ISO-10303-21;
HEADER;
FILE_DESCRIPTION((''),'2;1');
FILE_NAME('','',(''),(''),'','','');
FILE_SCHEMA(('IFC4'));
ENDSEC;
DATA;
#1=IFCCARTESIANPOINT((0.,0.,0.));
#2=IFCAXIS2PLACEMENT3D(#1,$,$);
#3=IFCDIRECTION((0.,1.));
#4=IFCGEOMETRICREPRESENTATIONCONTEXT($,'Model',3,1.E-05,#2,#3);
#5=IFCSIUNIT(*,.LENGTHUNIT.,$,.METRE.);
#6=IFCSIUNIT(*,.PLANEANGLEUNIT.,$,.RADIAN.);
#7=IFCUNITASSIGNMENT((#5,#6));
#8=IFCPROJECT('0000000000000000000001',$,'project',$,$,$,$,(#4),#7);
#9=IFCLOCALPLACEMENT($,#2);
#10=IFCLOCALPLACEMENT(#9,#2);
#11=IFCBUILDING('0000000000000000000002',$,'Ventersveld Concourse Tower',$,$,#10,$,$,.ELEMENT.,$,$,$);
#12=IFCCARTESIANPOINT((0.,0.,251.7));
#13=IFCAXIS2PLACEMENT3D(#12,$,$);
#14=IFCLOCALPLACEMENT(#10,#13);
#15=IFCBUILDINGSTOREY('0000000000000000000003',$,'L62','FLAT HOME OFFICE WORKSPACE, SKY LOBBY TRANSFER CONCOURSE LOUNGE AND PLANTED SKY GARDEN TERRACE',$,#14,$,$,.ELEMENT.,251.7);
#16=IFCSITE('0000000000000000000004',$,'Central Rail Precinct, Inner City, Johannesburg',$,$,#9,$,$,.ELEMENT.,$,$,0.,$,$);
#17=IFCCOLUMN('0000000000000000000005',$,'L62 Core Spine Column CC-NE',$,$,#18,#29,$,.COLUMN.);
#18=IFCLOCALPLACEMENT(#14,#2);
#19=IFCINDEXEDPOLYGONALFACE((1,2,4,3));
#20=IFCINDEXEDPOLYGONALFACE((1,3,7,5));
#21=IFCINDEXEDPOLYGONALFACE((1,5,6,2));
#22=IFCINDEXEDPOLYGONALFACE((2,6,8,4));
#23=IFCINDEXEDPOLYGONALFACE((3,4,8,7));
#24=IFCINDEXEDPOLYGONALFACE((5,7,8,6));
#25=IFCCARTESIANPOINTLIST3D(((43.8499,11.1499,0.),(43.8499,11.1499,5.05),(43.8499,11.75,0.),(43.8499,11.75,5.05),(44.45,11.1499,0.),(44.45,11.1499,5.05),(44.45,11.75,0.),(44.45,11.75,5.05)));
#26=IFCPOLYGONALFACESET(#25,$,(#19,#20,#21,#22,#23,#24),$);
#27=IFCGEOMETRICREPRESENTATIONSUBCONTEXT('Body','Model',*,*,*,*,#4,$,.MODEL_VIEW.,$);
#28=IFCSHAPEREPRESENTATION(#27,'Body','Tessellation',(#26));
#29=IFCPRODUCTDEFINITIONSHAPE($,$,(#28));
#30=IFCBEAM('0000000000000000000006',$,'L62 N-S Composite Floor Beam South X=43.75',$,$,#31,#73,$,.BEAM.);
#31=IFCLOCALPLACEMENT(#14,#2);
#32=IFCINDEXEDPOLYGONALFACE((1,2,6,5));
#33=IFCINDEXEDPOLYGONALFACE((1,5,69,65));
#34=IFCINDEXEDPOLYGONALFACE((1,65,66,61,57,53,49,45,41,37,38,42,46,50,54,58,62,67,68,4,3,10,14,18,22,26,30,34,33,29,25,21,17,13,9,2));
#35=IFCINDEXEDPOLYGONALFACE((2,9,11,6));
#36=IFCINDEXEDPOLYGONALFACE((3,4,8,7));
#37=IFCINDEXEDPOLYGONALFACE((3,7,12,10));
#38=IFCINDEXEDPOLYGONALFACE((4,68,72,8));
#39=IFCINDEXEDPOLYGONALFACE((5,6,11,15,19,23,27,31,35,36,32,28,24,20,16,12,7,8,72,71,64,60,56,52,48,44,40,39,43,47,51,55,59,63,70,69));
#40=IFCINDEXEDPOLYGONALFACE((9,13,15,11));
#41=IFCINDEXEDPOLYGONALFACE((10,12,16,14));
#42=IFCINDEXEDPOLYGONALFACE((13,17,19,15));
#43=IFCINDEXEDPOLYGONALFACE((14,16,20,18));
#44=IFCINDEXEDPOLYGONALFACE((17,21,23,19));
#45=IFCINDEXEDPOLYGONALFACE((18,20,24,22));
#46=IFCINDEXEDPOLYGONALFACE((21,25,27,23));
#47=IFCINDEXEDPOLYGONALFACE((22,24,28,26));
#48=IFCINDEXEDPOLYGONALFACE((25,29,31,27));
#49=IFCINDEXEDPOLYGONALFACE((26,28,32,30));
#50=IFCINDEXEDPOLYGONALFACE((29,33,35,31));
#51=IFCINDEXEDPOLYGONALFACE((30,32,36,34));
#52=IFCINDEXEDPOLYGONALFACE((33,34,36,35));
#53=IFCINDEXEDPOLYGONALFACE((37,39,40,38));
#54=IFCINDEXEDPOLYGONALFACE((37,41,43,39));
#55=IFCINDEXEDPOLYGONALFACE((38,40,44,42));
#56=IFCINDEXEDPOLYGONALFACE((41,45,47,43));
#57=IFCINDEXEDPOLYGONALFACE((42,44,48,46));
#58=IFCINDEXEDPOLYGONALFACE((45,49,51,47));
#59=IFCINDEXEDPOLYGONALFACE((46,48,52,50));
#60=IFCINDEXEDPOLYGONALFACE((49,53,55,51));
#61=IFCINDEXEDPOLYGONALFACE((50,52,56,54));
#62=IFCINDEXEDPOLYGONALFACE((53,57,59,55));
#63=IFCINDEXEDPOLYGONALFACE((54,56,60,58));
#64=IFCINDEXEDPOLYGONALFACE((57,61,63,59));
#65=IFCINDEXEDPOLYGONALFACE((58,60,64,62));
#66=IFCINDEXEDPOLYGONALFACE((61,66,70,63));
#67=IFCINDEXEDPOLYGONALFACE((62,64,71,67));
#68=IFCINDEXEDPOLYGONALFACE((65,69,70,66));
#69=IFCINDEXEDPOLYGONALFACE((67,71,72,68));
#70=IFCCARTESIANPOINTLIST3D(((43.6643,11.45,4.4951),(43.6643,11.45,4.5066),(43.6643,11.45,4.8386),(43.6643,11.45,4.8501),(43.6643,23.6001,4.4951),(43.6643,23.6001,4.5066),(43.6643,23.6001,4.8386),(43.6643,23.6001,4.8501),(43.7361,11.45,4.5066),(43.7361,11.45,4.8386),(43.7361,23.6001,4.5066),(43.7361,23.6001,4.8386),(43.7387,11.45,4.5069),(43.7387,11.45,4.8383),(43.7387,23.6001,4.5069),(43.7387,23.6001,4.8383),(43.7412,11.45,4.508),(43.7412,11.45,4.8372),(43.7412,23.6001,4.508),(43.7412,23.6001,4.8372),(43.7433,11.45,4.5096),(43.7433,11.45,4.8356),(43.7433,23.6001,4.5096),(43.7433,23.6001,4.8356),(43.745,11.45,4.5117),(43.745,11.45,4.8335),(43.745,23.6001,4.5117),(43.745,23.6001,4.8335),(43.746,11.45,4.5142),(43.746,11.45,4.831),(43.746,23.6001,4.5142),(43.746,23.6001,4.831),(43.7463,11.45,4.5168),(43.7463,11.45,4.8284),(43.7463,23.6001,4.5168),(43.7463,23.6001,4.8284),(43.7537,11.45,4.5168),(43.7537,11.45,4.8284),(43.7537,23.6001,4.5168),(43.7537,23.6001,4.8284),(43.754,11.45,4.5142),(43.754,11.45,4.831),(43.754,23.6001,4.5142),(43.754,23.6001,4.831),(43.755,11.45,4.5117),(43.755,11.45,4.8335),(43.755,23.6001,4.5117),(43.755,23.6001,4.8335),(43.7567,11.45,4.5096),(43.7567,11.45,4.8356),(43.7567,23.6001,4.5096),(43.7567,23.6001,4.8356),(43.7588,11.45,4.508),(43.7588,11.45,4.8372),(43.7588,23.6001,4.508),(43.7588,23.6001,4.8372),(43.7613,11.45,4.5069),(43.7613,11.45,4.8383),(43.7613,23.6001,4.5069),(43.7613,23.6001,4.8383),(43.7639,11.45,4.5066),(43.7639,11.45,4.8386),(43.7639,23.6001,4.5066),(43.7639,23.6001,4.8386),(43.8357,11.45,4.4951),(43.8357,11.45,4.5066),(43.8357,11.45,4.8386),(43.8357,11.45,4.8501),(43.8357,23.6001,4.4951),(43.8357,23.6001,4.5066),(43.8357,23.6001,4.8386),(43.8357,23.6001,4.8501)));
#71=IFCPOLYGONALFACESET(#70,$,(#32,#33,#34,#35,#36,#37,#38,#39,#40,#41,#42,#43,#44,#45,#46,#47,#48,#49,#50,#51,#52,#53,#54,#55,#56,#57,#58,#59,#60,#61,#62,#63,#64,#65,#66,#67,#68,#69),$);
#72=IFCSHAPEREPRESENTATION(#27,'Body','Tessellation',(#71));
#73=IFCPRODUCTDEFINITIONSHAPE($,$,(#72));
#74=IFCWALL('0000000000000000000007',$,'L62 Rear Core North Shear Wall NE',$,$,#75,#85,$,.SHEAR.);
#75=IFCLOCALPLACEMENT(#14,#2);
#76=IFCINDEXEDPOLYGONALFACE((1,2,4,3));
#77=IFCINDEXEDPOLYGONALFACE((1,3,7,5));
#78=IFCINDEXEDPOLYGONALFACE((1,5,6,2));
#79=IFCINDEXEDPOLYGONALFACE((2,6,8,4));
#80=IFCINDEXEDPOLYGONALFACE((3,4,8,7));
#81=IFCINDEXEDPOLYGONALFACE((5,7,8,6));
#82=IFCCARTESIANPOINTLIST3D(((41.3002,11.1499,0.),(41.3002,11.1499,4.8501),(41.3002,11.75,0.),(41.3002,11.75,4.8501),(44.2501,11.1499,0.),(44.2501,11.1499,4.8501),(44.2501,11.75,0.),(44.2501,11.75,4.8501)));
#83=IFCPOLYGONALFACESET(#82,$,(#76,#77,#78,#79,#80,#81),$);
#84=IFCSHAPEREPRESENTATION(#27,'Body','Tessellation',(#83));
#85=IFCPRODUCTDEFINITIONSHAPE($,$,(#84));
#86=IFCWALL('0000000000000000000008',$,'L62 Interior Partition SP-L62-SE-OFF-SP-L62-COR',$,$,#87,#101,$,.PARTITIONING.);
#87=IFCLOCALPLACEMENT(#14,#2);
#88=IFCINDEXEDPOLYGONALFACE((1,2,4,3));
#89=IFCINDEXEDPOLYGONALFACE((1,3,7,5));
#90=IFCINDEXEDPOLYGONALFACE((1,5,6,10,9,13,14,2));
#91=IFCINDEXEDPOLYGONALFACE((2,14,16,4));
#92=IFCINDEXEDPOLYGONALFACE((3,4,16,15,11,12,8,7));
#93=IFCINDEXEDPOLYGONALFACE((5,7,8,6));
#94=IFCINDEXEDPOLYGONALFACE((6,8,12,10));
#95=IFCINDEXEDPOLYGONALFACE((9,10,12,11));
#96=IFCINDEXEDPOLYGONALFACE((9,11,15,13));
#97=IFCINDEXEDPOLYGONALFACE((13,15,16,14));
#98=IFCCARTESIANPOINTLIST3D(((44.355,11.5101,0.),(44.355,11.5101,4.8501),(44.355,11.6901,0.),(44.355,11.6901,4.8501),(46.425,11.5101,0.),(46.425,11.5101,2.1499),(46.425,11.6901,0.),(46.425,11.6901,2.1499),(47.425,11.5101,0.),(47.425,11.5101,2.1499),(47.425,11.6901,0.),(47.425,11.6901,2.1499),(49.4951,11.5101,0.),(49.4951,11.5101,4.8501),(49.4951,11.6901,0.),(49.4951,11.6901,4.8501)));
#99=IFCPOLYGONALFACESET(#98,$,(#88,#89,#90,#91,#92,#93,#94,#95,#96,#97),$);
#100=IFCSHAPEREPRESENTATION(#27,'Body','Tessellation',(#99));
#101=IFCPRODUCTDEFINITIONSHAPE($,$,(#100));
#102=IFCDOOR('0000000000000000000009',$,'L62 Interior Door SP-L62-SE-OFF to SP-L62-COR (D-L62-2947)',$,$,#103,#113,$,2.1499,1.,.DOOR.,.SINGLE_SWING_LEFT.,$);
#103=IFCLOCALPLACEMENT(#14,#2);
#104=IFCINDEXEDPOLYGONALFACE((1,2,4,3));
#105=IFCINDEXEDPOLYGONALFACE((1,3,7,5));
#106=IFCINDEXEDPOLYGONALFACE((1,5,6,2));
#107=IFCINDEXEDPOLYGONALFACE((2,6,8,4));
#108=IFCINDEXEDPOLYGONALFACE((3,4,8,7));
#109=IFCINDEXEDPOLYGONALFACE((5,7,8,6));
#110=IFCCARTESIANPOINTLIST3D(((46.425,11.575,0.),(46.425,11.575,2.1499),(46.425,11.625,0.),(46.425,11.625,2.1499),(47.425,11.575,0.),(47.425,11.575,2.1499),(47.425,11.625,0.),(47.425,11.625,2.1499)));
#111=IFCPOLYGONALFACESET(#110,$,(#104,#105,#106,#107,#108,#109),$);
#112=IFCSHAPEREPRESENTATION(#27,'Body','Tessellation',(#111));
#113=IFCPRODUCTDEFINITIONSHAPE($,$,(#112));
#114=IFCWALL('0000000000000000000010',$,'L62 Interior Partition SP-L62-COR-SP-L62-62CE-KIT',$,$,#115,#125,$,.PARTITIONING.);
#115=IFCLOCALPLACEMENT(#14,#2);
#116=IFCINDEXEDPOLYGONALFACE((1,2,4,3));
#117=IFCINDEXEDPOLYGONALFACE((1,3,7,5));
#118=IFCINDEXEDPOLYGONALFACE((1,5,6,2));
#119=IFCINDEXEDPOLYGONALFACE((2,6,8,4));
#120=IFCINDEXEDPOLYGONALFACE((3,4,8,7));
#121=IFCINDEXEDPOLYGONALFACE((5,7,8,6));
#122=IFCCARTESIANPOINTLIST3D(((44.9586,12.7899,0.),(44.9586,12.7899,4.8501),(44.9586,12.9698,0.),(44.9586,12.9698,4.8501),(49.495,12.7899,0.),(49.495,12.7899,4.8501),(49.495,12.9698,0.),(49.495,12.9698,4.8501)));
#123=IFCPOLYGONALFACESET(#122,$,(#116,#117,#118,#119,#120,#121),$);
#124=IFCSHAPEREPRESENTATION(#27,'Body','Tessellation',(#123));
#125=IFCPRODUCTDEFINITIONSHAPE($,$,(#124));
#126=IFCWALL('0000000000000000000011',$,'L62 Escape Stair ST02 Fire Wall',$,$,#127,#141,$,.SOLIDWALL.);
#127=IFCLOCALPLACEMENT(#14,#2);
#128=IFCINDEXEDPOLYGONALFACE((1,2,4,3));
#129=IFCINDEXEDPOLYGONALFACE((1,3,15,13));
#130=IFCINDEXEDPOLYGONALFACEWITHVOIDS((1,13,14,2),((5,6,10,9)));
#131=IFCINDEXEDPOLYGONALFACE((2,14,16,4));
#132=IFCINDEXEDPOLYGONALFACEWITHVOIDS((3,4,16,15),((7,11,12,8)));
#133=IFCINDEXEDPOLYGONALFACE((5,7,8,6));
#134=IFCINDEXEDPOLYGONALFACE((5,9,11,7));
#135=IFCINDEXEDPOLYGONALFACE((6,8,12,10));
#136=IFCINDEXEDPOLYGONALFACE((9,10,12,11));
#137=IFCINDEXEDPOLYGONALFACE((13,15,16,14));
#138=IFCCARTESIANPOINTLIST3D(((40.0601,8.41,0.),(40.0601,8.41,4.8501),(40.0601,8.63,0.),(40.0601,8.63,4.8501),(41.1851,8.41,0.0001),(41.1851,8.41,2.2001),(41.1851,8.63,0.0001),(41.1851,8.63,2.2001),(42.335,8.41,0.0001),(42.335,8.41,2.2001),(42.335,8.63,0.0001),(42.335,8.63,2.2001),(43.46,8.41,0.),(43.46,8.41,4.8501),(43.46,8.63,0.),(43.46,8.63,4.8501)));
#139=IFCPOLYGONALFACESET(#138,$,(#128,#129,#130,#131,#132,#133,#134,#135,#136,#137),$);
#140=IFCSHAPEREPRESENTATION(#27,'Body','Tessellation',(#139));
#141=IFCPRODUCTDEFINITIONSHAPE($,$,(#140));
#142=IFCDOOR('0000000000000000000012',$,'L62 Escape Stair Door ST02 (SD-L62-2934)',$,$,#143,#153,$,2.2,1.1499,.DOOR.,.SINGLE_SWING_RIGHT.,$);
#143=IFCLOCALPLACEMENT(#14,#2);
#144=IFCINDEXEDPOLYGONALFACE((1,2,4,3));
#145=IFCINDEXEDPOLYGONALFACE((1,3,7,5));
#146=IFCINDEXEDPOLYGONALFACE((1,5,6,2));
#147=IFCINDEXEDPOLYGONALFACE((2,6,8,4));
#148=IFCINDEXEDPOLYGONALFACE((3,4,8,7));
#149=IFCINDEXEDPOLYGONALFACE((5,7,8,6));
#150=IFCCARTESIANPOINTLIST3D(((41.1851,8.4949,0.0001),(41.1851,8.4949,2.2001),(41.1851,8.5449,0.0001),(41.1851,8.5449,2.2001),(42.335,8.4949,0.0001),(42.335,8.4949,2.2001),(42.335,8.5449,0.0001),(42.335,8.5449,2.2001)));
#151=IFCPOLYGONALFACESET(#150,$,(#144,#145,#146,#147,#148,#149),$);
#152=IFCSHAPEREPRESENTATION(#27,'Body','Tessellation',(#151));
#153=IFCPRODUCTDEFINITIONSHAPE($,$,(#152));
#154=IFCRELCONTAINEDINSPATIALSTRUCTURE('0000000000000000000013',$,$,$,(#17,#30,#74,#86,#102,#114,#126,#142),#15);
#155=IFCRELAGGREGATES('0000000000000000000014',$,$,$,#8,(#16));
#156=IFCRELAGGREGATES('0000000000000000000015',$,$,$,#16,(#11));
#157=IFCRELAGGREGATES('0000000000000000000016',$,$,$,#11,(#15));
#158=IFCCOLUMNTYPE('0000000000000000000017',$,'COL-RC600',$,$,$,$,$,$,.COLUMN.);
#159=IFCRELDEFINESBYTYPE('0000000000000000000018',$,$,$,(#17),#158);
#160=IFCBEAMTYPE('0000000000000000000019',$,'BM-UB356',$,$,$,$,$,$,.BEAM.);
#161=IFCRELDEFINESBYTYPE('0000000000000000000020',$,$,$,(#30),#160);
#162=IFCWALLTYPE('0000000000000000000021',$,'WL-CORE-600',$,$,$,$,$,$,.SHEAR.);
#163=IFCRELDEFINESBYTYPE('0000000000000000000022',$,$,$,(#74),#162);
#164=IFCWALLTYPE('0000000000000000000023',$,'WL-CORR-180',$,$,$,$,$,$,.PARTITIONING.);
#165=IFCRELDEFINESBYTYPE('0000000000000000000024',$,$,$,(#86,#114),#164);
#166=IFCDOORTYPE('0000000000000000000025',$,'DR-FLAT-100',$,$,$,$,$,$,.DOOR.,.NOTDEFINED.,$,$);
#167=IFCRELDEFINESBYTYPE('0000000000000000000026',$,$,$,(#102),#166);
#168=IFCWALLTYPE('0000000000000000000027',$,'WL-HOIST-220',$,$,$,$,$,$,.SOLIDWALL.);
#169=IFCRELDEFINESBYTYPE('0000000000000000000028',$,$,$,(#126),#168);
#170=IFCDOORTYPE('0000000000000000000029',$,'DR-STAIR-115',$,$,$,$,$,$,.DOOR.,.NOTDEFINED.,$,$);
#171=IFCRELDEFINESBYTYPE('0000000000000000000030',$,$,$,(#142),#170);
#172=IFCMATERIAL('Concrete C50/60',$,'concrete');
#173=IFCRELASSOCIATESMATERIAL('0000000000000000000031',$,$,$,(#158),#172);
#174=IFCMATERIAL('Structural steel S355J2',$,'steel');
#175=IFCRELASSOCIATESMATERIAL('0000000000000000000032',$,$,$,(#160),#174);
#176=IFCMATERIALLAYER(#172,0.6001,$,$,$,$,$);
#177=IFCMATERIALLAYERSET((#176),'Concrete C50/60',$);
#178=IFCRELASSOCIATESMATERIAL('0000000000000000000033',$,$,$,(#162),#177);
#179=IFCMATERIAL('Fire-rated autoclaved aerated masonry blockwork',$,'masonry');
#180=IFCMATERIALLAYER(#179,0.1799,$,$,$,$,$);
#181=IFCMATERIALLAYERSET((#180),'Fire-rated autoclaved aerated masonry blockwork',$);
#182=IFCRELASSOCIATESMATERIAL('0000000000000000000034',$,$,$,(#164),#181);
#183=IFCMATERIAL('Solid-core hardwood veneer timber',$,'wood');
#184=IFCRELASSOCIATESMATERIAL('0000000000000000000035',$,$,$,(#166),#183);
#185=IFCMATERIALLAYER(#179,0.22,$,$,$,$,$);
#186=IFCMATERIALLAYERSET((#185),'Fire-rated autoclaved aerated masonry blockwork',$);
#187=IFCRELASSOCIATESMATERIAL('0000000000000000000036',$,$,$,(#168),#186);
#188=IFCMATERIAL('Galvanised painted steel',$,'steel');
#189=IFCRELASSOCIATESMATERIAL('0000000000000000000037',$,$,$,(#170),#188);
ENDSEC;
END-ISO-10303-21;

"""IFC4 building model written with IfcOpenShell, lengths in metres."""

from ifc_helpers import new_model, si_unit, direction, frame, frame_2d, origin, origin_2d, place, context, subcontext, project, spatial, rectangle, i_section, extrude, material, layer, layer_set, material_profile, profile_set, type_object, element, fill, save


model = new_model("IFC4")

# Units and contexts
model_context = context("Model", 3, precision=1e-05, world=origin(), true_north=direction((0.0, 1.0)))
body_context = subcontext(model_context, "Body", "Model", "MODEL_VIEW")
ifc_project = project(units=[si_unit("LENGTHUNIT", "METRE"), si_unit("PLANEANGLEUNIT", "RADIAN")], contexts=[model_context])

# Site, building, storey
site_placement = place(None, origin())
site = spatial("IfcSite", under=ifc_project, at=site_placement, Name="Central Rail Precinct, Inner City, Johannesburg", CompositionType="ELEMENT", RefElevation=0.0)
building_placement = place(site_placement, origin())
building = spatial("IfcBuilding", under=site, at=building_placement, Name="Ventersveld Concourse Tower", CompositionType="ELEMENT")
storey_placement = place(building_placement, frame((0.0, 0.0, 251.7)))
storey = spatial("IfcBuildingStorey", under=building, at=storey_placement, Name="L62", Description="FLAT HOME OFFICE WORKSPACE, SKY LOBBY TRANSFER CONCOURSE LOUNGE AND PLANTED SKY GARDEN TERRACE", CompositionType="ELEMENT", Elevation=251.7)

# Column
ifc_material_1 = material(Name="Concrete C50/60", Category="concrete")
ifc_material_profile_1 = material_profile(ifc_material_1, rectangle(XDim=0.6001, YDim=0.6001, at=origin_2d()), Name="RC 600x600")
ifc_profile_set_1 = profile_set([ifc_material_profile_1], Name="Concrete C50/60")
column_type = type_object("IfcColumnType", Name="COL-RC600", PredefinedType="COLUMN", material=ifc_profile_set_1)
column_placement = place(storey_placement, frame((44.1499, 11.45, 0.0), z_axis=(0.0, 0.0, 1.0), x_axis=(1.0, 0.0, 0.0)))
element("IfcColumn", 1, at=column_placement, inside=storey, type_object=column_type, Name="L62 Core Spine Column CC-NE", PredefinedType="COLUMN", context=body_context, shape_type="SweptSolid", body=[
    extrude(rectangle(XDim=0.6001, YDim=0.6001, at=origin_2d()), origin(), (0.0, 0.0, 1.0), 5.05),
])

# Beam
ifc_material_2 = material(Name="Structural steel S355J2", Category="steel")
ifc_material_profile_2 = material_profile(ifc_material_2, i_section(OverallWidth=0.1714, OverallDepth=0.355, WebThickness=0.0073, FlangeThickness=0.0115, FilletRadius=0.0103, at=origin_2d()), Name="UB 356x171x51")
ifc_profile_set_2 = profile_set([ifc_material_profile_2], Name="Structural steel S355J2")
beam_type = type_object("IfcBeamType", Name="BM-UB356", PredefinedType="BEAM", material=ifc_profile_set_2)
beam_placement = place(storey_placement, frame((43.75, 11.45, 4.6726), z_axis=(0.0, 1.0, 0.0), x_axis=(-1.0, 0.0, 0.0)))
element("IfcBeam", 2, at=beam_placement, inside=storey, type_object=beam_type, Name="L62 N-S Composite Floor Beam South X=43.75", PredefinedType="BEAM", context=body_context, shape_type="SweptSolid", body=[
    extrude(i_section(OverallWidth=0.1714, OverallDepth=0.355, WebThickness=0.0073, FlangeThickness=0.0115, FilletRadius=0.0103, at=origin_2d()), origin(), (0.0, 0.0, 1.0), 12.1501),
])

# Wall
ifc_layer_1 = layer(ifc_material_1, 0.6001)
ifc_layer_set_1 = layer_set([ifc_layer_1], Name="Concrete C50/60")
wall_type_1 = type_object("IfcWallType", Name="WL-CORE-600", PredefinedType="SHEAR", material=ifc_layer_set_1)
wall_1_placement = place(storey_placement, frame((41.3, 11.45, 0.0), z_axis=(0.0, 0.0, 1.0), x_axis=(1.0, 0.0, 0.0)))
element("IfcWall", 3, at=wall_1_placement, inside=storey, type_object=wall_type_1, Name="L62 Rear Core North Shear Wall NE", PredefinedType="SHEAR", context=body_context, shape_type="SweptSolid", body=[
    extrude(rectangle(XDim=2.95, YDim=0.6001, at=frame_2d((1.4751, 0.0))), origin(), (0.0, 0.0, 1.0), 4.8501),
])

# Wall, opening, door
ifc_material_3 = material(Name="Fire-rated autoclaved aerated masonry blockwork", Category="masonry")
ifc_layer_2 = layer(ifc_material_3, 0.1799)
ifc_layer_set_2 = layer_set([ifc_layer_2], Name="Fire-rated autoclaved aerated masonry blockwork")
wall_type_2 = type_object("IfcWallType", Name="WL-CORR-180", PredefinedType="PARTITIONING", material=ifc_layer_set_2)
wall_2_placement = place(storey_placement, frame((44.355, 11.6001, 0.0), z_axis=(0.0, 0.0, 1.0), x_axis=(1.0, 0.0, 0.0)))
wall_2 = element("IfcWall", 4, at=wall_2_placement, inside=storey, type_object=wall_type_2, Name="L62 Interior Partition SP-L62-SE-OFF-SP-L62-COR", PredefinedType="PARTITIONING", context=body_context, shape_type="SweptSolid", body=[
    extrude(rectangle(XDim=5.1401, YDim=0.1799, at=frame_2d((2.5701, 0.0))), origin(), (0.0, 0.0, 1.0), 4.8501),
])
opening_1_placement = place(wall_2_placement, frame((2.0701, 0.0, 0.0)))
opening_1 = element("IfcOpeningElement", 5, at=opening_1_placement, cuts=wall_2, PredefinedType="OPENING", context=body_context, shape_type="SweptSolid", body=[
    extrude(rectangle(XDim=1.0, YDim=2.1499, at=frame_2d((0.5, 1.075))), frame((0.0, 0.1001, 0.0), z_axis=(0.0, -1.0, 0.0), x_axis=(1.0, 0.0, 0.0)), (0.0, 0.0, 1.0), 0.2),
])
ifc_material_4 = material(Name="Solid-core hardwood veneer timber", Category="wood")
door_type_1 = type_object("IfcDoorType", Name="DR-FLAT-100", OperationType="NOTDEFINED", PredefinedType="DOOR", material=ifc_material_4)
door_1_placement = place(opening_1_placement, origin())
door_1 = element("IfcDoor", 6, at=door_1_placement, inside=storey, type_object=door_type_1, Name="L62 Interior Door SP-L62-SE-OFF to SP-L62-COR (D-L62-2947)", OperationType="SINGLE_SWING_LEFT", OverallHeight=2.1499, OverallWidth=1.0, PredefinedType="DOOR", context=body_context, shape_type="SweptSolid", body=[
    extrude(rectangle(XDim=1.0, YDim=2.1499, at=frame_2d((0.5, 1.075))), frame((0.0, 0.0249, 0.0), z_axis=(0.0, -1.0, 0.0), x_axis=(1.0, 0.0, 0.0)), (0.0, 0.0, 1.0), 0.05),
])
fill(opening_1, door_1)

# Wall
wall_3_placement = place(storey_placement, frame((44.9587, 12.8799, 0.0), z_axis=(0.0, 0.0, 1.0), x_axis=(1.0, 0.0, 0.0)))
element("IfcWall", 7, at=wall_3_placement, inside=storey, type_object=wall_type_2, Name="L62 Interior Partition SP-L62-COR-SP-L62-62CE-KIT", PredefinedType="PARTITIONING", context=body_context, shape_type="SweptSolid", body=[
    extrude(rectangle(XDim=4.5364, YDim=0.1799, at=frame_2d((2.2681, 0.0))), origin(), (0.0, 0.0, 1.0), 4.8501),
])

# Wall, opening, door
ifc_layer_3 = layer(ifc_material_3, 0.22)
ifc_layer_set_3 = layer_set([ifc_layer_3], Name="Fire-rated autoclaved aerated masonry blockwork")
wall_type_3 = type_object("IfcWallType", Name="WL-HOIST-220", PredefinedType="SOLIDWALL", material=ifc_layer_set_3)
wall_4_placement = place(storey_placement, frame((40.0601, 8.52, 0.0), z_axis=(0.0, 0.0, 1.0), x_axis=(1.0, 0.0, 0.0)))
wall_4 = element("IfcWall", 8, at=wall_4_placement, inside=storey, type_object=wall_type_3, Name="L62 Escape Stair ST02 Fire Wall", PredefinedType="SOLIDWALL", context=body_context, shape_type="SweptSolid", body=[
    extrude(rectangle(XDim=3.3999, YDim=0.22, at=frame_2d((1.7, 0.0))), origin(), (0.0, 0.0, 1.0), 4.8501),
])
opening_2_placement = place(wall_4_placement, frame((1.125, 0.0, 0.0)))
opening_2 = element("IfcOpeningElement", 9, at=opening_2_placement, cuts=wall_4, PredefinedType="OPENING", context=body_context, shape_type="SweptSolid", body=[
    extrude(rectangle(XDim=1.1499, YDim=2.2, at=frame_2d((0.575, 1.1001))), frame((0.0, 0.1201, 0.0), z_axis=(0.0, -1.0, 0.0), x_axis=(1.0, 0.0, 0.0)), (0.0, 0.0, 1.0), 0.24),
])
ifc_material_5 = material(Name="Galvanised painted steel", Category="steel")
door_type_2 = type_object("IfcDoorType", Name="DR-STAIR-115", OperationType="NOTDEFINED", PredefinedType="DOOR", material=ifc_material_5)
door_2_placement = place(opening_2_placement, origin())
door_2 = element("IfcDoor", 10, at=door_2_placement, inside=storey, type_object=door_type_2, Name="L62 Escape Stair Door ST02 (SD-L62-2934)", OperationType="SINGLE_SWING_RIGHT", OverallHeight=2.2, OverallWidth=1.1499, PredefinedType="DOOR", context=body_context, shape_type="SweptSolid", body=[
    extrude(rectangle(XDim=1.1499, YDim=2.2, at=frame_2d((0.575, 1.1001))), frame((0.0, 0.0249, 0.0), z_axis=(0.0, -1.0, 0.0), x_axis=(1.0, 0.0, 0.0)), (0.0, 0.0, 1.0), 0.05),
])
fill(opening_2, door_2)

save(model, "model.ifc")
